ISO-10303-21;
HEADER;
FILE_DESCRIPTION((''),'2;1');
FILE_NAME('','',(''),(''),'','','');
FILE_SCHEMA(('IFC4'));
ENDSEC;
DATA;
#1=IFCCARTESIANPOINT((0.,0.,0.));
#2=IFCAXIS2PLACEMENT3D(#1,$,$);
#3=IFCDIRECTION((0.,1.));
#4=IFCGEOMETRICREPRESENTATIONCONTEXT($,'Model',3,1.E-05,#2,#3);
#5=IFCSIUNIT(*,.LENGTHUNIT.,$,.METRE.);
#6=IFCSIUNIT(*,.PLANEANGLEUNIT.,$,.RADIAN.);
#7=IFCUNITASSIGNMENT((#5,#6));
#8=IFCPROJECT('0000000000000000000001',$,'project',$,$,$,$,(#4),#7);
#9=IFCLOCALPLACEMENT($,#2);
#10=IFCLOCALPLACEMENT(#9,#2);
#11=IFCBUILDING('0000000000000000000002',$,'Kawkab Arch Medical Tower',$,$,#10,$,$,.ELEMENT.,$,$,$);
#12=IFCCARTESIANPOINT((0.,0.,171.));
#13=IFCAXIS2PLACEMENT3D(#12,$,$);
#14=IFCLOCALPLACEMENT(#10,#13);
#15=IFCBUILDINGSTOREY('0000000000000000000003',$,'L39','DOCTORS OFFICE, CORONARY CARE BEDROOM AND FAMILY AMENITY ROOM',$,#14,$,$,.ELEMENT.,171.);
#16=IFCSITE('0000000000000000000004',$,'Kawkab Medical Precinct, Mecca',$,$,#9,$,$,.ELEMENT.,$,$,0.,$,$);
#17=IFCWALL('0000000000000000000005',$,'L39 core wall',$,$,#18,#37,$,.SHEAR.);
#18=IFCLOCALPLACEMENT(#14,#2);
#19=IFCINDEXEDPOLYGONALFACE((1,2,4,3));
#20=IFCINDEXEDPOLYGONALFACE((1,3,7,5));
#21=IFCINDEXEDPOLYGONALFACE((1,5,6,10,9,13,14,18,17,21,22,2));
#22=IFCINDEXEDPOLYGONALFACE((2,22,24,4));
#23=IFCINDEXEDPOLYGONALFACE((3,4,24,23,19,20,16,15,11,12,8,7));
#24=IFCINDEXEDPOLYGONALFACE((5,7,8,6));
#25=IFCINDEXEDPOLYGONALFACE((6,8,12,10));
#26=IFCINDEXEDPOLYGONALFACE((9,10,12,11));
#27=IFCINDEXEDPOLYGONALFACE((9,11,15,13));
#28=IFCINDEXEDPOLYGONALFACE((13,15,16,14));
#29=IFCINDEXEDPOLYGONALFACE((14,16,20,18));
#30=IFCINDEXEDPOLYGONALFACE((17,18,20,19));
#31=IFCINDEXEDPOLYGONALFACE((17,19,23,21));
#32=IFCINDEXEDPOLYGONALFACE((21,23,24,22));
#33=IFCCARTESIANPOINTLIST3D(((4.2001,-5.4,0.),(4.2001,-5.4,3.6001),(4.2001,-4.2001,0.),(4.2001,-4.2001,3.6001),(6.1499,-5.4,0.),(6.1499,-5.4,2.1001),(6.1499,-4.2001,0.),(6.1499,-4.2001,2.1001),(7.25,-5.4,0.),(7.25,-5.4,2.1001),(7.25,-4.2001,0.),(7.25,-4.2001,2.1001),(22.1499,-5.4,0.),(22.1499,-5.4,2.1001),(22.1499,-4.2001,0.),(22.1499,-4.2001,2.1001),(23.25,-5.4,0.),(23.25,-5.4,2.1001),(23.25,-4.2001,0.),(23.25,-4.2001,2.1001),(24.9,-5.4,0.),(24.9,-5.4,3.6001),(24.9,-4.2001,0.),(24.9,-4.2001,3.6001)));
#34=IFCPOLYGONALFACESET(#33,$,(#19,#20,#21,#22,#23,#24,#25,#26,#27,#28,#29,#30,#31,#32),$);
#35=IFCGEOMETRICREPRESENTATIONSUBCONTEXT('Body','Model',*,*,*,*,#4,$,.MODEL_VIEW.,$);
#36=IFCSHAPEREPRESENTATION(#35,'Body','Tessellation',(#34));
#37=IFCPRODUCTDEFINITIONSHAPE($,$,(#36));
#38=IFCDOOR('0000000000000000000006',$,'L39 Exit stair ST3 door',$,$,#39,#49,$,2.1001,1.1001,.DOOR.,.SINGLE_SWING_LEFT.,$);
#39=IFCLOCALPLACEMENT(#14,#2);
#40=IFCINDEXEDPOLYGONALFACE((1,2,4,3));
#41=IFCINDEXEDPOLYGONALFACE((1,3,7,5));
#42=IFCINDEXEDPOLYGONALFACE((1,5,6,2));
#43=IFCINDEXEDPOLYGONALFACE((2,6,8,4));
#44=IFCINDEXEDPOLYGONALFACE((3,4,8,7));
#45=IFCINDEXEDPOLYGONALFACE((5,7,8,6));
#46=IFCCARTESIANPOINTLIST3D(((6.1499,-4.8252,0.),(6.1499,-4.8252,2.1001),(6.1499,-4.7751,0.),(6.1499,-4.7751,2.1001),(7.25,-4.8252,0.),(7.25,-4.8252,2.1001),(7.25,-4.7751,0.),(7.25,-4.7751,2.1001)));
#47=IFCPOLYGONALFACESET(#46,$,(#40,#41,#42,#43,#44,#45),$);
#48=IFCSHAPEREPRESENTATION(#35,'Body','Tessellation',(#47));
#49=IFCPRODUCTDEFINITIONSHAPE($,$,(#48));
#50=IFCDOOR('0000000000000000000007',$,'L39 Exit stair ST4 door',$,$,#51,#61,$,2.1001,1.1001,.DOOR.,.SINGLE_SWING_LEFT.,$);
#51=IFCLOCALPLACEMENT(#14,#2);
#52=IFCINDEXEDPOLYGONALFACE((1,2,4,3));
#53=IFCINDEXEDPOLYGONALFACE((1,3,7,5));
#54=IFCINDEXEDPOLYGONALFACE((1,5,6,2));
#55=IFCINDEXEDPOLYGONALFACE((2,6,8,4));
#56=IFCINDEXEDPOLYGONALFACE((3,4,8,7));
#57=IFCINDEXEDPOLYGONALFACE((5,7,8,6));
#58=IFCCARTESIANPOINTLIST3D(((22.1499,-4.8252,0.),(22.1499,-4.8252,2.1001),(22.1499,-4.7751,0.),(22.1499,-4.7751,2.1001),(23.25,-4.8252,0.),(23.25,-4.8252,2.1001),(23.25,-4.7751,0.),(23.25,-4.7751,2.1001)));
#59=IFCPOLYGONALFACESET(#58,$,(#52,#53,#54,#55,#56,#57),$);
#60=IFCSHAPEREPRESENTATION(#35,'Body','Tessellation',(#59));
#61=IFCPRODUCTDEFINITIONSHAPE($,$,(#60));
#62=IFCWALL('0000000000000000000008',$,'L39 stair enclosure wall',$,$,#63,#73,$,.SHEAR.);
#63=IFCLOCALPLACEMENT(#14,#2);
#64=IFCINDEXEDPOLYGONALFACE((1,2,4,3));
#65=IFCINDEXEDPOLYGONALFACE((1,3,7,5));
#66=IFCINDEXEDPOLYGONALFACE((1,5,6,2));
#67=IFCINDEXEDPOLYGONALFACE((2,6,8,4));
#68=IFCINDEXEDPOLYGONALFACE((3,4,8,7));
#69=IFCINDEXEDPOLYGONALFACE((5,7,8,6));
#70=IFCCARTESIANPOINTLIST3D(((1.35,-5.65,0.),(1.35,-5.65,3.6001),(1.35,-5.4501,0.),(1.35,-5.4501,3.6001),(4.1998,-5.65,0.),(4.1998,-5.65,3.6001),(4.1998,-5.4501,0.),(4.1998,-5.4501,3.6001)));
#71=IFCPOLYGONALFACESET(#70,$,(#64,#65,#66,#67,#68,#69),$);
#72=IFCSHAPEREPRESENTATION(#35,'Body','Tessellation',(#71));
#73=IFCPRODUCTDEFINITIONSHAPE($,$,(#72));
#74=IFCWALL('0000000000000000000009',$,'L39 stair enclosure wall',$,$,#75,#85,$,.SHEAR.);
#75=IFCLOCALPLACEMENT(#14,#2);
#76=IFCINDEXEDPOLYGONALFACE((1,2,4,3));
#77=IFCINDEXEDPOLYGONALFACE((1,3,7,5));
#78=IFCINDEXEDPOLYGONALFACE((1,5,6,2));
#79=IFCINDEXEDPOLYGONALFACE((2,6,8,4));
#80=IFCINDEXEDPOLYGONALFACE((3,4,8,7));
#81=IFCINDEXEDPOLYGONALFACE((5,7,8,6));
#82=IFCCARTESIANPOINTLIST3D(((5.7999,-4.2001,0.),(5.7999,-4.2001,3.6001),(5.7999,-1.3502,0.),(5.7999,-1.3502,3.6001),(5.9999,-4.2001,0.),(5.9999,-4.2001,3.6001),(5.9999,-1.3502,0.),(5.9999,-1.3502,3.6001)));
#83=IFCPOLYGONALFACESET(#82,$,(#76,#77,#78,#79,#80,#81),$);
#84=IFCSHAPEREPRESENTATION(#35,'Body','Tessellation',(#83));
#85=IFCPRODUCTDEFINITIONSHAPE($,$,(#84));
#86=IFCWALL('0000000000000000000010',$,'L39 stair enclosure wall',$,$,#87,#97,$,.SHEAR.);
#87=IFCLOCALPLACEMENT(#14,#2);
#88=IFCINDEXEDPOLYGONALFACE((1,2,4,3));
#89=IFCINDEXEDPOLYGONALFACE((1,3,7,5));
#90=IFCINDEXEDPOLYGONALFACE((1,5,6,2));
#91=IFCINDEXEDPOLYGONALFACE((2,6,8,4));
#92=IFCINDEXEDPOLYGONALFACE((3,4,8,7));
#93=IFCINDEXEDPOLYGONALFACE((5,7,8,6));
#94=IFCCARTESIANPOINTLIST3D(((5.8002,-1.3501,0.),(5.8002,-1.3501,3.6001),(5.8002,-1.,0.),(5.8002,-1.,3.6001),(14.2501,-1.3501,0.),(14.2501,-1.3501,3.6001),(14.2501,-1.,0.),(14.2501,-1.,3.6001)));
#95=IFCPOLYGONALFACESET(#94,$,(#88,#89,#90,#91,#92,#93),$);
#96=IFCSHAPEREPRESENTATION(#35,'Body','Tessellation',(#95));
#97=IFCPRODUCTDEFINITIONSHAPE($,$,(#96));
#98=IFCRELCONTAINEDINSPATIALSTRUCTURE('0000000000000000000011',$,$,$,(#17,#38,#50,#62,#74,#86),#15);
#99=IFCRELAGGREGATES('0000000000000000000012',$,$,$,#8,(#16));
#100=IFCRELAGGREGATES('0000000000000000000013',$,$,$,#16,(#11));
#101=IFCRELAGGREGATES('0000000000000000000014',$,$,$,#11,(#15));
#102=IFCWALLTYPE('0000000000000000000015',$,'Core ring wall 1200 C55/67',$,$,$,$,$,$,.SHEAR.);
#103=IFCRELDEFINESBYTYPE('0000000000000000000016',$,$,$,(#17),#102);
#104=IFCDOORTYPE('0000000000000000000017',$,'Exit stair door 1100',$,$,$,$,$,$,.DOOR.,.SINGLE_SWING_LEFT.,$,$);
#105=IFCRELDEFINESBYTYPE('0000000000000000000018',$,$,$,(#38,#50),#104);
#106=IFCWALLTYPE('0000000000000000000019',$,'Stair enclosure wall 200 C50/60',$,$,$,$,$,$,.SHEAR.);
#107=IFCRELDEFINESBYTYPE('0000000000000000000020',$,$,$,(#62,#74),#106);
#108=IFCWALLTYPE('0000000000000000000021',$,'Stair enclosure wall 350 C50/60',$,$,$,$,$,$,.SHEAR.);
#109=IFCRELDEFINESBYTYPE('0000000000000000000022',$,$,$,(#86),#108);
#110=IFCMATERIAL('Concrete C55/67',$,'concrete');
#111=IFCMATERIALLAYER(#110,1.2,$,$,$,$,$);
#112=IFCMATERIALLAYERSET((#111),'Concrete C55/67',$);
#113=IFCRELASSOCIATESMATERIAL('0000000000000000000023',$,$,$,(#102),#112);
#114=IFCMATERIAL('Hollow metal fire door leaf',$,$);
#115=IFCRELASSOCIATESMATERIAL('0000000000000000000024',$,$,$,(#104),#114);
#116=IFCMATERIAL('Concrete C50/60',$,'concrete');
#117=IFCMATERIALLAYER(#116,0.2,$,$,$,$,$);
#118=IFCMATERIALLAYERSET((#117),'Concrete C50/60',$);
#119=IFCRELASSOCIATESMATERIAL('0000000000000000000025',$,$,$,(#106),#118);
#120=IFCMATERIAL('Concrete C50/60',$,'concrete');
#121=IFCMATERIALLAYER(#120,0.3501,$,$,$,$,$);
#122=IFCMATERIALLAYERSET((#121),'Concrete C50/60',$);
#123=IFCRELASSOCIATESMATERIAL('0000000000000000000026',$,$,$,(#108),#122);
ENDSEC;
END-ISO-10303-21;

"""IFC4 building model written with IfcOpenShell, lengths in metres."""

from ifc_helpers import new_model, si_unit, direction, frame, frame_2d, origin, place, context, subcontext, project, spatial, rectangle, extrude, material, layer, layer_set, type_object, element, fill, save


model = new_model("IFC4")

# Units and contexts
model_context = context("Model", 3, precision=1e-05, world=origin(), true_north=direction((0.0, 1.0)))
body_context = subcontext(model_context, "Body", "Model", "MODEL_VIEW")
ifc_project = project(units=[si_unit("LENGTHUNIT", "METRE"), si_unit("PLANEANGLEUNIT", "RADIAN")], contexts=[model_context])

# Site, building, storey
site_placement = place(None, origin())
site = spatial("IfcSite", under=ifc_project, at=site_placement, Name="Kawkab Medical Precinct, Mecca", CompositionType="ELEMENT", RefElevation=0.0)
building_placement = place(site_placement, origin())
building = spatial("IfcBuilding", under=site, at=building_placement, Name="Kawkab Arch Medical Tower", CompositionType="ELEMENT")
storey_placement = place(building_placement, frame((0.0, 0.0, 171.0)))
storey = spatial("IfcBuildingStorey", under=building, at=storey_placement, Name="L39", Description="DOCTORS OFFICE, CORONARY CARE BEDROOM AND FAMILY AMENITY ROOM", CompositionType="ELEMENT", Elevation=171.0)

# Wall, openings, doors
ifc_material_1 = material(Name="Concrete C55/67", Category="concrete")
ifc_layer_1 = layer(ifc_material_1, 1.2)
ifc_layer_set_1 = layer_set([ifc_layer_1], Name="Concrete C55/67")
wall_type_1 = type_object("IfcWallType", Name="Core ring wall 1200 C55/67", PredefinedType="SHEAR", material=ifc_layer_set_1)
wall_1_placement = place(storey_placement, frame((4.2, -4.8, 0.0), z_axis=(0.0, 0.0, 1.0), x_axis=(1.0, 0.0, 0.0)))
wall_1 = element("IfcWall", 1, at=wall_1_placement, inside=storey, type_object=wall_type_1, Name="L39 core wall", PredefinedType="SHEAR", context=body_context, shape_type="SweptSolid", body=[
    extrude(rectangle(XDim=20.7, YDim=1.2, at=frame_2d((10.3501, 0.0))), origin(), (0.0, 0.0, 1.0), 3.6001),
])
opening_1_placement = place(wall_1_placement, frame((1.95, 0.0, 0.0)))
opening_1 = element("IfcOpeningElement", 2, at=opening_1_placement, cuts=wall_1, PredefinedType="OPENING", context=body_context, shape_type="SweptSolid", body=[
    extrude(rectangle(XDim=1.1001, YDim=2.1001, at=frame_2d((0.55, 1.05))), frame((0.0, 0.6099, 0.0), z_axis=(0.0, -1.0, 0.0), x_axis=(1.0, 0.0, 0.0)), (0.0, 0.0, 1.0), 1.22),
])
opening_2_placement = place(wall_1_placement, frame((17.95, 0.0, 0.0)))
opening_2 = element("IfcOpeningElement", 3, at=opening_2_placement, cuts=wall_1, PredefinedType="OPENING", context=body_context, shape_type="SweptSolid", body=[
    extrude(rectangle(XDim=1.1001, YDim=2.1001, at=frame_2d((0.55, 1.05))), frame((0.0, 0.6099, 0.0), z_axis=(0.0, -1.0, 0.0), x_axis=(1.0, 0.0, 0.0)), (0.0, 0.0, 1.0), 1.22),
])
ifc_material_2 = material(Name="Hollow metal fire door leaf")
door_type = type_object("IfcDoorType", Name="Exit stair door 1100", OperationType="SINGLE_SWING_LEFT", PredefinedType="DOOR", material=ifc_material_2)
door_1_placement = place(opening_1_placement, origin())
door_1 = element("IfcDoor", 4, at=door_1_placement, inside=storey, type_object=door_type, Name="L39 Exit stair ST3 door", OperationType="SINGLE_SWING_LEFT", OverallHeight=2.1001, OverallWidth=1.1001, PredefinedType="DOOR", context=body_context, shape_type="SweptSolid", body=[
    extrude(rectangle(XDim=1.1001, YDim=2.1001, at=frame_2d((0.55, 1.05))), frame((0.0, 0.0249, 0.0), z_axis=(0.0, -1.0, 0.0), x_axis=(1.0, 0.0, 0.0)), (0.0, 0.0, 1.0), 0.05),
])
fill(opening_1, door_1)
door_2_placement = place(opening_2_placement, origin())
door_2 = element("IfcDoor", 5, at=door_2_placement, inside=storey, type_object=door_type, Name="L39 Exit stair ST4 door", OperationType="SINGLE_SWING_LEFT", OverallHeight=2.1001, OverallWidth=1.1001, PredefinedType="DOOR", context=body_context, shape_type="SweptSolid", body=[
    extrude(rectangle(XDim=1.1001, YDim=2.1001, at=frame_2d((0.55, 1.05))), frame((0.0, 0.0249, 0.0), z_axis=(0.0, -1.0, 0.0), x_axis=(1.0, 0.0, 0.0)), (0.0, 0.0, 1.0), 0.05),
])
fill(opening_2, door_2)

# Walls
ifc_material_3 = material(Name="Concrete C50/60", Category="concrete")
ifc_layer_2 = layer(ifc_material_3, 0.2)
ifc_layer_set_2 = layer_set([ifc_layer_2], Name="Concrete C50/60")
wall_type_2 = type_object("IfcWallType", Name="Stair enclosure wall 200 C50/60", PredefinedType="SHEAR", material=ifc_layer_set_2)
for number, where, z_axis, x_axis, name in (
    (6, (1.3501, -5.55, 0.0), (0.0, 0.0, 1.0), (1.0, 0.0, 0.0), "L39 stair enclosure wall"),
    (7, (5.8999, -4.2, 0.0), (0.0, 0.0, 1.0), (0.0, 1.0, 0.0), "L39 stair enclosure wall"),
):
    element("IfcWall", number, at=place(storey_placement, frame(where, z_axis=z_axis, x_axis=x_axis)), inside=storey, type_object=wall_type_2, Name=name, PredefinedType="SHEAR", context=body_context, shape_type="SweptSolid", body=[
        extrude(rectangle(XDim=2.8499, YDim=0.2, at=frame_2d((1.4248, 0.0))), origin(), (0.0, 0.0, 1.0), 3.6001),
    ])
ifc_material_4 = material(Name="Concrete C50/60", Category="concrete")
ifc_layer_3 = layer(ifc_material_4, 0.3501)
ifc_layer_set_3 = layer_set([ifc_layer_3], Name="Concrete C50/60")
wall_type_3 = type_object("IfcWallType", Name="Stair enclosure wall 350 C50/60", PredefinedType="SHEAR", material=ifc_layer_set_3)
wall_2_placement = place(storey_placement, frame((5.8, -1.175, 0.0), z_axis=(0.0, 0.0, 1.0), x_axis=(1.0, 0.0, 0.0)))
element("IfcWall", 8, at=wall_2_placement, inside=storey, type_object=wall_type_3, Name="L39 stair enclosure wall", PredefinedType="SHEAR", context=body_context, shape_type="SweptSolid", body=[
    extrude(rectangle(XDim=8.45, YDim=0.3501, at=frame_2d((4.2251, 0.0))), origin(), (0.0, 0.0, 1.0), 3.6001),
])

save(model, "model.ifc")
